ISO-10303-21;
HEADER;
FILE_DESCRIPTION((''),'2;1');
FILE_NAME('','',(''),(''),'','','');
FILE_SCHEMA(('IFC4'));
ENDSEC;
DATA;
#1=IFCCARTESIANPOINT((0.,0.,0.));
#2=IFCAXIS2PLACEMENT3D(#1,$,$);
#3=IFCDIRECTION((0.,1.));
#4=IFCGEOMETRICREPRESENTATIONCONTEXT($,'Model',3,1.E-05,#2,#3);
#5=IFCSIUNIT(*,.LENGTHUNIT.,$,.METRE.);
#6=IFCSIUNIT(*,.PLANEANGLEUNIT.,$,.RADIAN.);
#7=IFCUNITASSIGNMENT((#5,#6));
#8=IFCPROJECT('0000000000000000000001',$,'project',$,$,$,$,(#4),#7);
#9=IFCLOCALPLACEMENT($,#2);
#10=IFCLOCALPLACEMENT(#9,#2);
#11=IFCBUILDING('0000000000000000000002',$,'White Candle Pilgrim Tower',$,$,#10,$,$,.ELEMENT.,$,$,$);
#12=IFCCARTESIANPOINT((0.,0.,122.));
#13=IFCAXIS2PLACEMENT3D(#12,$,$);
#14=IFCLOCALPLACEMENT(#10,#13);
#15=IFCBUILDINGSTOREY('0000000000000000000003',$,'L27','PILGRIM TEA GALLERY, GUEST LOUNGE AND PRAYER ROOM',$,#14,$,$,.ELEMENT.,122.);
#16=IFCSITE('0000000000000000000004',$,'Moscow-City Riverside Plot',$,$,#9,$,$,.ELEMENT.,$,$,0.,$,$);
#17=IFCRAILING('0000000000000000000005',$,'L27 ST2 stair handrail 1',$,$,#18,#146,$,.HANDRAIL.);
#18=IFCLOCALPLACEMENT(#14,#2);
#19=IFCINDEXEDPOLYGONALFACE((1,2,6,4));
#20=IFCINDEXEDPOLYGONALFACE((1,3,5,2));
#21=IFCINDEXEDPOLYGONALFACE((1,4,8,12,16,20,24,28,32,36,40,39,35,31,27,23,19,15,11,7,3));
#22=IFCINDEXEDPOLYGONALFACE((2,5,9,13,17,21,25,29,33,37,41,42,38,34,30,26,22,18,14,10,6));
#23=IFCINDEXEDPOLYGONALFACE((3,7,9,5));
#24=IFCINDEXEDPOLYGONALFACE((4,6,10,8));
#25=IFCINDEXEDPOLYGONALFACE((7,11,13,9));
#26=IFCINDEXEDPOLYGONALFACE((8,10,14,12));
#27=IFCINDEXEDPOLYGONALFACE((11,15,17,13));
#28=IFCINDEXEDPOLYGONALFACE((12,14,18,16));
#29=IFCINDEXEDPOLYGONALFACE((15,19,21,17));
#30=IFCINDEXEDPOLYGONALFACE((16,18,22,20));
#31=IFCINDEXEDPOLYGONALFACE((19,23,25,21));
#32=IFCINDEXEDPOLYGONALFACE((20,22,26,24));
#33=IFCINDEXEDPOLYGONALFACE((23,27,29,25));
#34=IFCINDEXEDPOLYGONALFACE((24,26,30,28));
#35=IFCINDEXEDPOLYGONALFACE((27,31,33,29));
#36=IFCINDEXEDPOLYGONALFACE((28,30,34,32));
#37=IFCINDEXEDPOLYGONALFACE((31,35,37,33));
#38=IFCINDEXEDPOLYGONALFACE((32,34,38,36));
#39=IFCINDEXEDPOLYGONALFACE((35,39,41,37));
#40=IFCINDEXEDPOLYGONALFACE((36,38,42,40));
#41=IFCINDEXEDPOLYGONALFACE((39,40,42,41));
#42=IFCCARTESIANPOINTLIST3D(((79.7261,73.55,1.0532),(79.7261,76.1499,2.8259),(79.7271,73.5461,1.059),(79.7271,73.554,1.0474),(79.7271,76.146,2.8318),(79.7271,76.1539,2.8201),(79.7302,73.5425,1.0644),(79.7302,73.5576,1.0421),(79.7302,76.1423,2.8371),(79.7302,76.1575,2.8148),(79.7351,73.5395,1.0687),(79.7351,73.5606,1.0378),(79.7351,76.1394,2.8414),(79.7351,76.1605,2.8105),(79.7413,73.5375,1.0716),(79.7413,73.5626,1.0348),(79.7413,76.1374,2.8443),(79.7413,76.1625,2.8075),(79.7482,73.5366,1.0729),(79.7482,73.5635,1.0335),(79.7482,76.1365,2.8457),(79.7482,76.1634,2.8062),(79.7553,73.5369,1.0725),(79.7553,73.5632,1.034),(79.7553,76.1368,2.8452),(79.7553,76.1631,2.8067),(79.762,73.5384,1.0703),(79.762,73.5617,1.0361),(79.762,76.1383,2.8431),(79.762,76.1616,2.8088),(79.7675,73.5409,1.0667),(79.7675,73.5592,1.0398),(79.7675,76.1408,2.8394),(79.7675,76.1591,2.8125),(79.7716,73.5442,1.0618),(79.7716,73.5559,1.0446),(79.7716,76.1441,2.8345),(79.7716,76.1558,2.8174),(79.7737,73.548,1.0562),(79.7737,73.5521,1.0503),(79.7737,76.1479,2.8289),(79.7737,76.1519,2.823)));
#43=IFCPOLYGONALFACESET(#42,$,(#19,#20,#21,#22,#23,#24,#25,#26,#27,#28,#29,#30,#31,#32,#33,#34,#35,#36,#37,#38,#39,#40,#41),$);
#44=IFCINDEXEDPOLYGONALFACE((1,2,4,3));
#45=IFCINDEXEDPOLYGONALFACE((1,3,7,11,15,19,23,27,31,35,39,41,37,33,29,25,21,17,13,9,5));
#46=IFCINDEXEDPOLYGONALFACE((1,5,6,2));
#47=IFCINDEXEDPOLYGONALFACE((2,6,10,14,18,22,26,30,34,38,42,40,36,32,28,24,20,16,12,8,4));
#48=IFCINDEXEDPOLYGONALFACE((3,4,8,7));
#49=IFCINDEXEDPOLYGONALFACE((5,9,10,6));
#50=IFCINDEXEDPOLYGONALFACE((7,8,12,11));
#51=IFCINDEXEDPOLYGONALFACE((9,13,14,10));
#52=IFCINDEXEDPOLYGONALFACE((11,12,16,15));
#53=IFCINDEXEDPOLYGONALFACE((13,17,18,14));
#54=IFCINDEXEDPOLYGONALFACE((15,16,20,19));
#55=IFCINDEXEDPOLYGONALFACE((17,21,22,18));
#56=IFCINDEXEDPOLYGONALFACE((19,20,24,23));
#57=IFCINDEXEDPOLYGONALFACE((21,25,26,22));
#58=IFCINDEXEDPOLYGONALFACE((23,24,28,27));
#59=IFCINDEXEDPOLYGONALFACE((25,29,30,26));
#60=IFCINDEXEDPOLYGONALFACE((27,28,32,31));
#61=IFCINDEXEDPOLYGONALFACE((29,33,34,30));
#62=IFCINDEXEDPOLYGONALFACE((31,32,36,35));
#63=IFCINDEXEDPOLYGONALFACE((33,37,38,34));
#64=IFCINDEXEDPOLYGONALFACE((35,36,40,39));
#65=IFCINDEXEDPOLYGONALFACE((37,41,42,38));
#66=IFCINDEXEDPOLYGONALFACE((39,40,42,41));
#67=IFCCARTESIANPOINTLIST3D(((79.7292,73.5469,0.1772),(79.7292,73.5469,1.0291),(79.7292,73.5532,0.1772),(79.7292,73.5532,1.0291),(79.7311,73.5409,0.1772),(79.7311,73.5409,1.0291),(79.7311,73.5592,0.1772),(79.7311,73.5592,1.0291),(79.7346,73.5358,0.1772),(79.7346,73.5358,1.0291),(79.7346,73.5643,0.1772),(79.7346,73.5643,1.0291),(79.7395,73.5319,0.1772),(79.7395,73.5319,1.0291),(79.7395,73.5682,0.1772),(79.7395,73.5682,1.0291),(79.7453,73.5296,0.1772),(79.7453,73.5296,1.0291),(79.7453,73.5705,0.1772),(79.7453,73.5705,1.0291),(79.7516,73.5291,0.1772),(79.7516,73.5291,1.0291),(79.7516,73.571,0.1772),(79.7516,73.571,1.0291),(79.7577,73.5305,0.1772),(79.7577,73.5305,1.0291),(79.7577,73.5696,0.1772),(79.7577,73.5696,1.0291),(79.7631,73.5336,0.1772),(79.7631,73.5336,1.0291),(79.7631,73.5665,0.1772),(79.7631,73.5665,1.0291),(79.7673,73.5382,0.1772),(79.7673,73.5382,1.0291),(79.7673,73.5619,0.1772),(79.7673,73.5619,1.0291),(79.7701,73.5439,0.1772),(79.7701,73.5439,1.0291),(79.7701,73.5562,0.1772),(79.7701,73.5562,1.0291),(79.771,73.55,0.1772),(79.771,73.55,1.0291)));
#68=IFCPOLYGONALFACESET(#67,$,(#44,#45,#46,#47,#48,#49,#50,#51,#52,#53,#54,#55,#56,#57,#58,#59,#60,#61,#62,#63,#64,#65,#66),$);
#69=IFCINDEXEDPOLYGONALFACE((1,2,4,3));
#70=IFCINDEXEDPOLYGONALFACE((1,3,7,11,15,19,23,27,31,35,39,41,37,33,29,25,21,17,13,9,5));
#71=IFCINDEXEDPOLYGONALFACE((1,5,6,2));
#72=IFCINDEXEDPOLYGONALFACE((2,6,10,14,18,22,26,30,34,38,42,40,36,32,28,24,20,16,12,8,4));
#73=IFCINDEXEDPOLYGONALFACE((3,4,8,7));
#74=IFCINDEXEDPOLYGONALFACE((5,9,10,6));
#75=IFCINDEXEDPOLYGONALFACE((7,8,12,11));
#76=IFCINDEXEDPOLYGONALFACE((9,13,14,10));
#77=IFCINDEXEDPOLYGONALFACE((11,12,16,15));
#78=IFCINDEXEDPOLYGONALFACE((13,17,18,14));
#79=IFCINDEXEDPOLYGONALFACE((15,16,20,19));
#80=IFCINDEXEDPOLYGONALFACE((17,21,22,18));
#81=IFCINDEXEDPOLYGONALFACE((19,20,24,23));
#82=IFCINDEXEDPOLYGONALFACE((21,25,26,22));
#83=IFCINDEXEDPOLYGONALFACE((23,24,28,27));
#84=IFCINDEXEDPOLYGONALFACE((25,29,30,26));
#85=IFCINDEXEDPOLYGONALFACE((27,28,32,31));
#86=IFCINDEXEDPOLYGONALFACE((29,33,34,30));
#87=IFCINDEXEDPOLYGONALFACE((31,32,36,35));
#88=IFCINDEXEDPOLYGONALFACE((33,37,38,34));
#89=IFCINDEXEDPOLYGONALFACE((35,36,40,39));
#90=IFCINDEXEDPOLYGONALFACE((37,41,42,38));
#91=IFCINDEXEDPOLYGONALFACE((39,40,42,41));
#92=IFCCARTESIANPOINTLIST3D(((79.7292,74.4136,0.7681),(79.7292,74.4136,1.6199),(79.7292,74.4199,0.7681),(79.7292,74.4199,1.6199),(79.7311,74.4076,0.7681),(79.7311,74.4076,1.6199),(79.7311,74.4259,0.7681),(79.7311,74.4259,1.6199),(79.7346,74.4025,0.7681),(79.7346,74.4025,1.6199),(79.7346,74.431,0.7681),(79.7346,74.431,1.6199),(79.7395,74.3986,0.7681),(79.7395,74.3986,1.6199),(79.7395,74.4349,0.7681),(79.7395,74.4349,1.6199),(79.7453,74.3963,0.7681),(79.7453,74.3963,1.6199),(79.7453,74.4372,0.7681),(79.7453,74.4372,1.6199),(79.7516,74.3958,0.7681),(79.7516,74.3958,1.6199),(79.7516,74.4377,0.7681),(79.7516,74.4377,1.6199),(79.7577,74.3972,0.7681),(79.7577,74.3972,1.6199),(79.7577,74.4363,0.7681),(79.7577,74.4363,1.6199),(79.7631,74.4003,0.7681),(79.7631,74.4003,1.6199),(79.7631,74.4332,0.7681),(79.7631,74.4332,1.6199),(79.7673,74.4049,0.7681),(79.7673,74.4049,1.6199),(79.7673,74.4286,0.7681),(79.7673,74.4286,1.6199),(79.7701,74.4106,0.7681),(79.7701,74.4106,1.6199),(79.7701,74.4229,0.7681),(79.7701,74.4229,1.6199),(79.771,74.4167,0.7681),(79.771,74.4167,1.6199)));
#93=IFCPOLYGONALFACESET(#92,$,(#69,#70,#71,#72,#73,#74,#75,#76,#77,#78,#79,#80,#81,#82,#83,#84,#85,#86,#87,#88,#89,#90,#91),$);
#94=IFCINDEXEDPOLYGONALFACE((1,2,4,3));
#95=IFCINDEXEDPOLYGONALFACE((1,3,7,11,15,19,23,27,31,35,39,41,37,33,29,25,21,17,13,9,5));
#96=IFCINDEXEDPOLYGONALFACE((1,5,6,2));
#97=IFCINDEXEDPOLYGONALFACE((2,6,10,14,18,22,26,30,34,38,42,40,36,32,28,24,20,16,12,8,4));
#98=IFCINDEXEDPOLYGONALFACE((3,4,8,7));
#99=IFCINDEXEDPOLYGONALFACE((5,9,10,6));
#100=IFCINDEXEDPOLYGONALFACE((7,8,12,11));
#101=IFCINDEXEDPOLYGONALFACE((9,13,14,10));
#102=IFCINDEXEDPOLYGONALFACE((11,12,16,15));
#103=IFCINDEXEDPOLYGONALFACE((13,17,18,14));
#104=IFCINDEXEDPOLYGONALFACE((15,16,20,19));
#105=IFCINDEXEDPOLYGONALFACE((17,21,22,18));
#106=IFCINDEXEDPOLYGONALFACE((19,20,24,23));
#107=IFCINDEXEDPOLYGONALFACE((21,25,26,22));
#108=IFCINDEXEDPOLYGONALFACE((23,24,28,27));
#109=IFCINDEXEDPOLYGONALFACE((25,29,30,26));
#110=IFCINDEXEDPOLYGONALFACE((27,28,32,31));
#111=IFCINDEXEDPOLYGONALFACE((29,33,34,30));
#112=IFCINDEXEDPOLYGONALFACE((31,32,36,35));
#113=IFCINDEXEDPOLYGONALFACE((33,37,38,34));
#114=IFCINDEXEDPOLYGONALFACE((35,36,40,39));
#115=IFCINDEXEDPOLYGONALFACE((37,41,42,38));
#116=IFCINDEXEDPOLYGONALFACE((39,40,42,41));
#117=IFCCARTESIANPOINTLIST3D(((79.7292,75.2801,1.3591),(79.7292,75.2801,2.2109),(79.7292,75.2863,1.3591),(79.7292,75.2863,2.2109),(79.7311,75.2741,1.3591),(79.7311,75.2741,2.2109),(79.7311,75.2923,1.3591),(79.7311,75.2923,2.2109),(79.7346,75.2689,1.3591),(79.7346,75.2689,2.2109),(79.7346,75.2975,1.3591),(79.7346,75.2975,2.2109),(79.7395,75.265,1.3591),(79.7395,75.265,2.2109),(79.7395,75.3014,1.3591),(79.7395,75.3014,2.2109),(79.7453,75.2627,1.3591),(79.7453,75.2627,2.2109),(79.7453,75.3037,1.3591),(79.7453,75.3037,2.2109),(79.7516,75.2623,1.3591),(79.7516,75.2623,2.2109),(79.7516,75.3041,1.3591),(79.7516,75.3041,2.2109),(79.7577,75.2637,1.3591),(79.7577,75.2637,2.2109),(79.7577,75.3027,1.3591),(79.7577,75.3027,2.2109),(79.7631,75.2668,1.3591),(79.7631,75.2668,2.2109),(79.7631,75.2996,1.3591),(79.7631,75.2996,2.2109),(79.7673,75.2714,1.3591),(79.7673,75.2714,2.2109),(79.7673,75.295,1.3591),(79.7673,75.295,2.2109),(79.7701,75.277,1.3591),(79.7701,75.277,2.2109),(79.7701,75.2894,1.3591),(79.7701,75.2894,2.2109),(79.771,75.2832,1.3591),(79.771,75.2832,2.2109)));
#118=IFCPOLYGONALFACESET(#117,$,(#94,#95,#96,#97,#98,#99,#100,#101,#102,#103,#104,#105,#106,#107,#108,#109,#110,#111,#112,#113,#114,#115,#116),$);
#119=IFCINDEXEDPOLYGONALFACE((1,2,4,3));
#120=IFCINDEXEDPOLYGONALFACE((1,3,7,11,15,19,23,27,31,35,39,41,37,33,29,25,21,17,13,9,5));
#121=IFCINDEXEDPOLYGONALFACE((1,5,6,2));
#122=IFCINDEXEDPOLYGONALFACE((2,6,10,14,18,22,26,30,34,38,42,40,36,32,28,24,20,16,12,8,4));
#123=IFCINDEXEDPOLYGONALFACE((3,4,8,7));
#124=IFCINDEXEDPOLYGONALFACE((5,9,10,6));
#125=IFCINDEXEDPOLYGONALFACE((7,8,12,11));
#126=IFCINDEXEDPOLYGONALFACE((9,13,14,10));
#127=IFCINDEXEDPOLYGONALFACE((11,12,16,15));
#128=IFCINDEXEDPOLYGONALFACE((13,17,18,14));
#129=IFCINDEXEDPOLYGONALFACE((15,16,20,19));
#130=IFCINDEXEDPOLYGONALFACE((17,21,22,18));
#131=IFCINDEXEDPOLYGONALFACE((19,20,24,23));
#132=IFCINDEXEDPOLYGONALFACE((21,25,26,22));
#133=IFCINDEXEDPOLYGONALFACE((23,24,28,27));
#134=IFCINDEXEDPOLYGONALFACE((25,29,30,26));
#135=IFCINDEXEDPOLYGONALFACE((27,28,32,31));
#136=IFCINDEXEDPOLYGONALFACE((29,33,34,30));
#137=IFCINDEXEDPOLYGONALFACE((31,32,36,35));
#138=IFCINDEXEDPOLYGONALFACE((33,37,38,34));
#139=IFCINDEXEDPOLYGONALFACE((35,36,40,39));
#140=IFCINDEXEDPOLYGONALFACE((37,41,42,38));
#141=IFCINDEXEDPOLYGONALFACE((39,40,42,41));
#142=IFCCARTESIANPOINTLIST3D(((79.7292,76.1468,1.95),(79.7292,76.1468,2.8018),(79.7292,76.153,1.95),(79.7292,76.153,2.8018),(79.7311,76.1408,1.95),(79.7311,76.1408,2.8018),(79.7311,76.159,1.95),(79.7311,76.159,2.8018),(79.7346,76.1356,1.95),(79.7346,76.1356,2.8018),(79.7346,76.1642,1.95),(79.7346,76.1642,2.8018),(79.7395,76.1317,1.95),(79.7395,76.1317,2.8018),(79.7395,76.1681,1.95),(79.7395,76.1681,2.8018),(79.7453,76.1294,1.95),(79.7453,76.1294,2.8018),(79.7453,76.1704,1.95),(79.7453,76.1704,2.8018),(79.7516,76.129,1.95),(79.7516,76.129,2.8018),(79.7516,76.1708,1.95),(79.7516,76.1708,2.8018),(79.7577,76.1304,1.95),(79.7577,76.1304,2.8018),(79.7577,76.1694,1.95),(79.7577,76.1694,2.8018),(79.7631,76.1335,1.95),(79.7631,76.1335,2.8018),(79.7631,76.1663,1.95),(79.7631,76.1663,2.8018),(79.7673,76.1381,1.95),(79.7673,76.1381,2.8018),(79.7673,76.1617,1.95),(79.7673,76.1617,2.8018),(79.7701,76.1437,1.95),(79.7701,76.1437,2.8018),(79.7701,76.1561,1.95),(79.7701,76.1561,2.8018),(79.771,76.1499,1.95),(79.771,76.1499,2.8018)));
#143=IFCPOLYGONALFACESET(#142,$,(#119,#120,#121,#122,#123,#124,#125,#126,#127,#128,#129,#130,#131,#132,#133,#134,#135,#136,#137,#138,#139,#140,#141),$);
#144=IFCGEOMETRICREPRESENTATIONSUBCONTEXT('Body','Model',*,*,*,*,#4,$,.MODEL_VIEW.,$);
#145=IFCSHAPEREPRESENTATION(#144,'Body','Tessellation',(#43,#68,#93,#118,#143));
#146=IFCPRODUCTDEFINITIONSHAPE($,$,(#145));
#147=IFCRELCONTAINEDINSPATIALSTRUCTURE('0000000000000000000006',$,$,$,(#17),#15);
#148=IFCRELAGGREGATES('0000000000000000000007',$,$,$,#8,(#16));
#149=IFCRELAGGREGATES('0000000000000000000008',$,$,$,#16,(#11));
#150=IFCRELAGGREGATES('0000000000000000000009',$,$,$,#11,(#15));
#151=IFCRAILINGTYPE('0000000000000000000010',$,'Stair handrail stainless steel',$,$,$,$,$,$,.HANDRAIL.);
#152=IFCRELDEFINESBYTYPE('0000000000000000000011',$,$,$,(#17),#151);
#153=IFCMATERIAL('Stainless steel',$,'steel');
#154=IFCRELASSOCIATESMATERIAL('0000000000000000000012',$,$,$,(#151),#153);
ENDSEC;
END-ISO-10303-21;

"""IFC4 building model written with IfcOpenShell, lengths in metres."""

from ifc_helpers import new_model, si_unit, direction, frame, origin, origin_2d, place, context, subcontext, project, spatial, circle, extrude, material, type_object, element, save


model = new_model("IFC4")

# Units and contexts
model_context = context("Model", 3, precision=1e-05, world=origin(), true_north=direction((0.0, 1.0)))
body_context = subcontext(model_context, "Body", "Model", "MODEL_VIEW")
ifc_project = project(units=[si_unit("LENGTHUNIT", "METRE"), si_unit("PLANEANGLEUNIT", "RADIAN")], contexts=[model_context])

# Site, building, storey
site_placement = place(None, origin())
site = spatial("IfcSite", under=ifc_project, at=site_placement, Name="Moscow-City Riverside Plot", CompositionType="ELEMENT", RefElevation=0.0)
building_placement = place(site_placement, origin())
building = spatial("IfcBuilding", under=site, at=building_placement, Name="White Candle Pilgrim Tower", CompositionType="ELEMENT")
storey_placement = place(building_placement, frame((0.0, 0.0, 122.0)))
storey = spatial("IfcBuildingStorey", under=building, at=storey_placement, Name="L27", Description="PILGRIM TEA GALLERY, GUEST LOUNGE AND PRAYER ROOM", CompositionType="ELEMENT", Elevation=122.0)

# Railing
ifc_material_1 = material(Name="Stainless steel", Category="steel")
railing_type_1 = type_object("IfcRailingType", Name="Stair handrail stainless steel", PredefinedType="HANDRAIL", material=ifc_material_1)
railing_1_placement = place(storey_placement, frame((79.75, 73.55, 0.1772)))
element("IfcRailing", 1, at=railing_1_placement, inside=storey, type_object=railing_type_1, Name="L27 ST2 stair handrail 1", PredefinedType="HANDRAIL", context=body_context, shape_type="SweptSolid", body=[
    extrude(circle(Radius=0.0239, at=origin_2d()), frame((0.0, 0.0, 0.876), z_axis=(0.0, 0.826216, 0.563354), x_axis=(-1.0, 0.0, 0.0)), (0.0, 0.0, 1.0), 3.1467),
    extrude(circle(Radius=0.021, at=origin_2d()), origin(), (0.0, 0.0, 1.0), 0.8518),
    extrude(circle(Radius=0.021, at=origin_2d()), frame((0.0, 0.8667, 0.5908)), (0.0, 0.0, 1.0), 0.8518),
    extrude(circle(Radius=0.021, at=origin_2d()), frame((0.0, 1.7332, 1.1819)), (0.0, 0.0, 1.0), 0.8518),
    extrude(circle(Radius=0.021, at=origin_2d()), frame((0.0, 2.5999, 1.7727)), (0.0, 0.0, 1.0), 0.8518),
])

save(model, "model.ifc")
